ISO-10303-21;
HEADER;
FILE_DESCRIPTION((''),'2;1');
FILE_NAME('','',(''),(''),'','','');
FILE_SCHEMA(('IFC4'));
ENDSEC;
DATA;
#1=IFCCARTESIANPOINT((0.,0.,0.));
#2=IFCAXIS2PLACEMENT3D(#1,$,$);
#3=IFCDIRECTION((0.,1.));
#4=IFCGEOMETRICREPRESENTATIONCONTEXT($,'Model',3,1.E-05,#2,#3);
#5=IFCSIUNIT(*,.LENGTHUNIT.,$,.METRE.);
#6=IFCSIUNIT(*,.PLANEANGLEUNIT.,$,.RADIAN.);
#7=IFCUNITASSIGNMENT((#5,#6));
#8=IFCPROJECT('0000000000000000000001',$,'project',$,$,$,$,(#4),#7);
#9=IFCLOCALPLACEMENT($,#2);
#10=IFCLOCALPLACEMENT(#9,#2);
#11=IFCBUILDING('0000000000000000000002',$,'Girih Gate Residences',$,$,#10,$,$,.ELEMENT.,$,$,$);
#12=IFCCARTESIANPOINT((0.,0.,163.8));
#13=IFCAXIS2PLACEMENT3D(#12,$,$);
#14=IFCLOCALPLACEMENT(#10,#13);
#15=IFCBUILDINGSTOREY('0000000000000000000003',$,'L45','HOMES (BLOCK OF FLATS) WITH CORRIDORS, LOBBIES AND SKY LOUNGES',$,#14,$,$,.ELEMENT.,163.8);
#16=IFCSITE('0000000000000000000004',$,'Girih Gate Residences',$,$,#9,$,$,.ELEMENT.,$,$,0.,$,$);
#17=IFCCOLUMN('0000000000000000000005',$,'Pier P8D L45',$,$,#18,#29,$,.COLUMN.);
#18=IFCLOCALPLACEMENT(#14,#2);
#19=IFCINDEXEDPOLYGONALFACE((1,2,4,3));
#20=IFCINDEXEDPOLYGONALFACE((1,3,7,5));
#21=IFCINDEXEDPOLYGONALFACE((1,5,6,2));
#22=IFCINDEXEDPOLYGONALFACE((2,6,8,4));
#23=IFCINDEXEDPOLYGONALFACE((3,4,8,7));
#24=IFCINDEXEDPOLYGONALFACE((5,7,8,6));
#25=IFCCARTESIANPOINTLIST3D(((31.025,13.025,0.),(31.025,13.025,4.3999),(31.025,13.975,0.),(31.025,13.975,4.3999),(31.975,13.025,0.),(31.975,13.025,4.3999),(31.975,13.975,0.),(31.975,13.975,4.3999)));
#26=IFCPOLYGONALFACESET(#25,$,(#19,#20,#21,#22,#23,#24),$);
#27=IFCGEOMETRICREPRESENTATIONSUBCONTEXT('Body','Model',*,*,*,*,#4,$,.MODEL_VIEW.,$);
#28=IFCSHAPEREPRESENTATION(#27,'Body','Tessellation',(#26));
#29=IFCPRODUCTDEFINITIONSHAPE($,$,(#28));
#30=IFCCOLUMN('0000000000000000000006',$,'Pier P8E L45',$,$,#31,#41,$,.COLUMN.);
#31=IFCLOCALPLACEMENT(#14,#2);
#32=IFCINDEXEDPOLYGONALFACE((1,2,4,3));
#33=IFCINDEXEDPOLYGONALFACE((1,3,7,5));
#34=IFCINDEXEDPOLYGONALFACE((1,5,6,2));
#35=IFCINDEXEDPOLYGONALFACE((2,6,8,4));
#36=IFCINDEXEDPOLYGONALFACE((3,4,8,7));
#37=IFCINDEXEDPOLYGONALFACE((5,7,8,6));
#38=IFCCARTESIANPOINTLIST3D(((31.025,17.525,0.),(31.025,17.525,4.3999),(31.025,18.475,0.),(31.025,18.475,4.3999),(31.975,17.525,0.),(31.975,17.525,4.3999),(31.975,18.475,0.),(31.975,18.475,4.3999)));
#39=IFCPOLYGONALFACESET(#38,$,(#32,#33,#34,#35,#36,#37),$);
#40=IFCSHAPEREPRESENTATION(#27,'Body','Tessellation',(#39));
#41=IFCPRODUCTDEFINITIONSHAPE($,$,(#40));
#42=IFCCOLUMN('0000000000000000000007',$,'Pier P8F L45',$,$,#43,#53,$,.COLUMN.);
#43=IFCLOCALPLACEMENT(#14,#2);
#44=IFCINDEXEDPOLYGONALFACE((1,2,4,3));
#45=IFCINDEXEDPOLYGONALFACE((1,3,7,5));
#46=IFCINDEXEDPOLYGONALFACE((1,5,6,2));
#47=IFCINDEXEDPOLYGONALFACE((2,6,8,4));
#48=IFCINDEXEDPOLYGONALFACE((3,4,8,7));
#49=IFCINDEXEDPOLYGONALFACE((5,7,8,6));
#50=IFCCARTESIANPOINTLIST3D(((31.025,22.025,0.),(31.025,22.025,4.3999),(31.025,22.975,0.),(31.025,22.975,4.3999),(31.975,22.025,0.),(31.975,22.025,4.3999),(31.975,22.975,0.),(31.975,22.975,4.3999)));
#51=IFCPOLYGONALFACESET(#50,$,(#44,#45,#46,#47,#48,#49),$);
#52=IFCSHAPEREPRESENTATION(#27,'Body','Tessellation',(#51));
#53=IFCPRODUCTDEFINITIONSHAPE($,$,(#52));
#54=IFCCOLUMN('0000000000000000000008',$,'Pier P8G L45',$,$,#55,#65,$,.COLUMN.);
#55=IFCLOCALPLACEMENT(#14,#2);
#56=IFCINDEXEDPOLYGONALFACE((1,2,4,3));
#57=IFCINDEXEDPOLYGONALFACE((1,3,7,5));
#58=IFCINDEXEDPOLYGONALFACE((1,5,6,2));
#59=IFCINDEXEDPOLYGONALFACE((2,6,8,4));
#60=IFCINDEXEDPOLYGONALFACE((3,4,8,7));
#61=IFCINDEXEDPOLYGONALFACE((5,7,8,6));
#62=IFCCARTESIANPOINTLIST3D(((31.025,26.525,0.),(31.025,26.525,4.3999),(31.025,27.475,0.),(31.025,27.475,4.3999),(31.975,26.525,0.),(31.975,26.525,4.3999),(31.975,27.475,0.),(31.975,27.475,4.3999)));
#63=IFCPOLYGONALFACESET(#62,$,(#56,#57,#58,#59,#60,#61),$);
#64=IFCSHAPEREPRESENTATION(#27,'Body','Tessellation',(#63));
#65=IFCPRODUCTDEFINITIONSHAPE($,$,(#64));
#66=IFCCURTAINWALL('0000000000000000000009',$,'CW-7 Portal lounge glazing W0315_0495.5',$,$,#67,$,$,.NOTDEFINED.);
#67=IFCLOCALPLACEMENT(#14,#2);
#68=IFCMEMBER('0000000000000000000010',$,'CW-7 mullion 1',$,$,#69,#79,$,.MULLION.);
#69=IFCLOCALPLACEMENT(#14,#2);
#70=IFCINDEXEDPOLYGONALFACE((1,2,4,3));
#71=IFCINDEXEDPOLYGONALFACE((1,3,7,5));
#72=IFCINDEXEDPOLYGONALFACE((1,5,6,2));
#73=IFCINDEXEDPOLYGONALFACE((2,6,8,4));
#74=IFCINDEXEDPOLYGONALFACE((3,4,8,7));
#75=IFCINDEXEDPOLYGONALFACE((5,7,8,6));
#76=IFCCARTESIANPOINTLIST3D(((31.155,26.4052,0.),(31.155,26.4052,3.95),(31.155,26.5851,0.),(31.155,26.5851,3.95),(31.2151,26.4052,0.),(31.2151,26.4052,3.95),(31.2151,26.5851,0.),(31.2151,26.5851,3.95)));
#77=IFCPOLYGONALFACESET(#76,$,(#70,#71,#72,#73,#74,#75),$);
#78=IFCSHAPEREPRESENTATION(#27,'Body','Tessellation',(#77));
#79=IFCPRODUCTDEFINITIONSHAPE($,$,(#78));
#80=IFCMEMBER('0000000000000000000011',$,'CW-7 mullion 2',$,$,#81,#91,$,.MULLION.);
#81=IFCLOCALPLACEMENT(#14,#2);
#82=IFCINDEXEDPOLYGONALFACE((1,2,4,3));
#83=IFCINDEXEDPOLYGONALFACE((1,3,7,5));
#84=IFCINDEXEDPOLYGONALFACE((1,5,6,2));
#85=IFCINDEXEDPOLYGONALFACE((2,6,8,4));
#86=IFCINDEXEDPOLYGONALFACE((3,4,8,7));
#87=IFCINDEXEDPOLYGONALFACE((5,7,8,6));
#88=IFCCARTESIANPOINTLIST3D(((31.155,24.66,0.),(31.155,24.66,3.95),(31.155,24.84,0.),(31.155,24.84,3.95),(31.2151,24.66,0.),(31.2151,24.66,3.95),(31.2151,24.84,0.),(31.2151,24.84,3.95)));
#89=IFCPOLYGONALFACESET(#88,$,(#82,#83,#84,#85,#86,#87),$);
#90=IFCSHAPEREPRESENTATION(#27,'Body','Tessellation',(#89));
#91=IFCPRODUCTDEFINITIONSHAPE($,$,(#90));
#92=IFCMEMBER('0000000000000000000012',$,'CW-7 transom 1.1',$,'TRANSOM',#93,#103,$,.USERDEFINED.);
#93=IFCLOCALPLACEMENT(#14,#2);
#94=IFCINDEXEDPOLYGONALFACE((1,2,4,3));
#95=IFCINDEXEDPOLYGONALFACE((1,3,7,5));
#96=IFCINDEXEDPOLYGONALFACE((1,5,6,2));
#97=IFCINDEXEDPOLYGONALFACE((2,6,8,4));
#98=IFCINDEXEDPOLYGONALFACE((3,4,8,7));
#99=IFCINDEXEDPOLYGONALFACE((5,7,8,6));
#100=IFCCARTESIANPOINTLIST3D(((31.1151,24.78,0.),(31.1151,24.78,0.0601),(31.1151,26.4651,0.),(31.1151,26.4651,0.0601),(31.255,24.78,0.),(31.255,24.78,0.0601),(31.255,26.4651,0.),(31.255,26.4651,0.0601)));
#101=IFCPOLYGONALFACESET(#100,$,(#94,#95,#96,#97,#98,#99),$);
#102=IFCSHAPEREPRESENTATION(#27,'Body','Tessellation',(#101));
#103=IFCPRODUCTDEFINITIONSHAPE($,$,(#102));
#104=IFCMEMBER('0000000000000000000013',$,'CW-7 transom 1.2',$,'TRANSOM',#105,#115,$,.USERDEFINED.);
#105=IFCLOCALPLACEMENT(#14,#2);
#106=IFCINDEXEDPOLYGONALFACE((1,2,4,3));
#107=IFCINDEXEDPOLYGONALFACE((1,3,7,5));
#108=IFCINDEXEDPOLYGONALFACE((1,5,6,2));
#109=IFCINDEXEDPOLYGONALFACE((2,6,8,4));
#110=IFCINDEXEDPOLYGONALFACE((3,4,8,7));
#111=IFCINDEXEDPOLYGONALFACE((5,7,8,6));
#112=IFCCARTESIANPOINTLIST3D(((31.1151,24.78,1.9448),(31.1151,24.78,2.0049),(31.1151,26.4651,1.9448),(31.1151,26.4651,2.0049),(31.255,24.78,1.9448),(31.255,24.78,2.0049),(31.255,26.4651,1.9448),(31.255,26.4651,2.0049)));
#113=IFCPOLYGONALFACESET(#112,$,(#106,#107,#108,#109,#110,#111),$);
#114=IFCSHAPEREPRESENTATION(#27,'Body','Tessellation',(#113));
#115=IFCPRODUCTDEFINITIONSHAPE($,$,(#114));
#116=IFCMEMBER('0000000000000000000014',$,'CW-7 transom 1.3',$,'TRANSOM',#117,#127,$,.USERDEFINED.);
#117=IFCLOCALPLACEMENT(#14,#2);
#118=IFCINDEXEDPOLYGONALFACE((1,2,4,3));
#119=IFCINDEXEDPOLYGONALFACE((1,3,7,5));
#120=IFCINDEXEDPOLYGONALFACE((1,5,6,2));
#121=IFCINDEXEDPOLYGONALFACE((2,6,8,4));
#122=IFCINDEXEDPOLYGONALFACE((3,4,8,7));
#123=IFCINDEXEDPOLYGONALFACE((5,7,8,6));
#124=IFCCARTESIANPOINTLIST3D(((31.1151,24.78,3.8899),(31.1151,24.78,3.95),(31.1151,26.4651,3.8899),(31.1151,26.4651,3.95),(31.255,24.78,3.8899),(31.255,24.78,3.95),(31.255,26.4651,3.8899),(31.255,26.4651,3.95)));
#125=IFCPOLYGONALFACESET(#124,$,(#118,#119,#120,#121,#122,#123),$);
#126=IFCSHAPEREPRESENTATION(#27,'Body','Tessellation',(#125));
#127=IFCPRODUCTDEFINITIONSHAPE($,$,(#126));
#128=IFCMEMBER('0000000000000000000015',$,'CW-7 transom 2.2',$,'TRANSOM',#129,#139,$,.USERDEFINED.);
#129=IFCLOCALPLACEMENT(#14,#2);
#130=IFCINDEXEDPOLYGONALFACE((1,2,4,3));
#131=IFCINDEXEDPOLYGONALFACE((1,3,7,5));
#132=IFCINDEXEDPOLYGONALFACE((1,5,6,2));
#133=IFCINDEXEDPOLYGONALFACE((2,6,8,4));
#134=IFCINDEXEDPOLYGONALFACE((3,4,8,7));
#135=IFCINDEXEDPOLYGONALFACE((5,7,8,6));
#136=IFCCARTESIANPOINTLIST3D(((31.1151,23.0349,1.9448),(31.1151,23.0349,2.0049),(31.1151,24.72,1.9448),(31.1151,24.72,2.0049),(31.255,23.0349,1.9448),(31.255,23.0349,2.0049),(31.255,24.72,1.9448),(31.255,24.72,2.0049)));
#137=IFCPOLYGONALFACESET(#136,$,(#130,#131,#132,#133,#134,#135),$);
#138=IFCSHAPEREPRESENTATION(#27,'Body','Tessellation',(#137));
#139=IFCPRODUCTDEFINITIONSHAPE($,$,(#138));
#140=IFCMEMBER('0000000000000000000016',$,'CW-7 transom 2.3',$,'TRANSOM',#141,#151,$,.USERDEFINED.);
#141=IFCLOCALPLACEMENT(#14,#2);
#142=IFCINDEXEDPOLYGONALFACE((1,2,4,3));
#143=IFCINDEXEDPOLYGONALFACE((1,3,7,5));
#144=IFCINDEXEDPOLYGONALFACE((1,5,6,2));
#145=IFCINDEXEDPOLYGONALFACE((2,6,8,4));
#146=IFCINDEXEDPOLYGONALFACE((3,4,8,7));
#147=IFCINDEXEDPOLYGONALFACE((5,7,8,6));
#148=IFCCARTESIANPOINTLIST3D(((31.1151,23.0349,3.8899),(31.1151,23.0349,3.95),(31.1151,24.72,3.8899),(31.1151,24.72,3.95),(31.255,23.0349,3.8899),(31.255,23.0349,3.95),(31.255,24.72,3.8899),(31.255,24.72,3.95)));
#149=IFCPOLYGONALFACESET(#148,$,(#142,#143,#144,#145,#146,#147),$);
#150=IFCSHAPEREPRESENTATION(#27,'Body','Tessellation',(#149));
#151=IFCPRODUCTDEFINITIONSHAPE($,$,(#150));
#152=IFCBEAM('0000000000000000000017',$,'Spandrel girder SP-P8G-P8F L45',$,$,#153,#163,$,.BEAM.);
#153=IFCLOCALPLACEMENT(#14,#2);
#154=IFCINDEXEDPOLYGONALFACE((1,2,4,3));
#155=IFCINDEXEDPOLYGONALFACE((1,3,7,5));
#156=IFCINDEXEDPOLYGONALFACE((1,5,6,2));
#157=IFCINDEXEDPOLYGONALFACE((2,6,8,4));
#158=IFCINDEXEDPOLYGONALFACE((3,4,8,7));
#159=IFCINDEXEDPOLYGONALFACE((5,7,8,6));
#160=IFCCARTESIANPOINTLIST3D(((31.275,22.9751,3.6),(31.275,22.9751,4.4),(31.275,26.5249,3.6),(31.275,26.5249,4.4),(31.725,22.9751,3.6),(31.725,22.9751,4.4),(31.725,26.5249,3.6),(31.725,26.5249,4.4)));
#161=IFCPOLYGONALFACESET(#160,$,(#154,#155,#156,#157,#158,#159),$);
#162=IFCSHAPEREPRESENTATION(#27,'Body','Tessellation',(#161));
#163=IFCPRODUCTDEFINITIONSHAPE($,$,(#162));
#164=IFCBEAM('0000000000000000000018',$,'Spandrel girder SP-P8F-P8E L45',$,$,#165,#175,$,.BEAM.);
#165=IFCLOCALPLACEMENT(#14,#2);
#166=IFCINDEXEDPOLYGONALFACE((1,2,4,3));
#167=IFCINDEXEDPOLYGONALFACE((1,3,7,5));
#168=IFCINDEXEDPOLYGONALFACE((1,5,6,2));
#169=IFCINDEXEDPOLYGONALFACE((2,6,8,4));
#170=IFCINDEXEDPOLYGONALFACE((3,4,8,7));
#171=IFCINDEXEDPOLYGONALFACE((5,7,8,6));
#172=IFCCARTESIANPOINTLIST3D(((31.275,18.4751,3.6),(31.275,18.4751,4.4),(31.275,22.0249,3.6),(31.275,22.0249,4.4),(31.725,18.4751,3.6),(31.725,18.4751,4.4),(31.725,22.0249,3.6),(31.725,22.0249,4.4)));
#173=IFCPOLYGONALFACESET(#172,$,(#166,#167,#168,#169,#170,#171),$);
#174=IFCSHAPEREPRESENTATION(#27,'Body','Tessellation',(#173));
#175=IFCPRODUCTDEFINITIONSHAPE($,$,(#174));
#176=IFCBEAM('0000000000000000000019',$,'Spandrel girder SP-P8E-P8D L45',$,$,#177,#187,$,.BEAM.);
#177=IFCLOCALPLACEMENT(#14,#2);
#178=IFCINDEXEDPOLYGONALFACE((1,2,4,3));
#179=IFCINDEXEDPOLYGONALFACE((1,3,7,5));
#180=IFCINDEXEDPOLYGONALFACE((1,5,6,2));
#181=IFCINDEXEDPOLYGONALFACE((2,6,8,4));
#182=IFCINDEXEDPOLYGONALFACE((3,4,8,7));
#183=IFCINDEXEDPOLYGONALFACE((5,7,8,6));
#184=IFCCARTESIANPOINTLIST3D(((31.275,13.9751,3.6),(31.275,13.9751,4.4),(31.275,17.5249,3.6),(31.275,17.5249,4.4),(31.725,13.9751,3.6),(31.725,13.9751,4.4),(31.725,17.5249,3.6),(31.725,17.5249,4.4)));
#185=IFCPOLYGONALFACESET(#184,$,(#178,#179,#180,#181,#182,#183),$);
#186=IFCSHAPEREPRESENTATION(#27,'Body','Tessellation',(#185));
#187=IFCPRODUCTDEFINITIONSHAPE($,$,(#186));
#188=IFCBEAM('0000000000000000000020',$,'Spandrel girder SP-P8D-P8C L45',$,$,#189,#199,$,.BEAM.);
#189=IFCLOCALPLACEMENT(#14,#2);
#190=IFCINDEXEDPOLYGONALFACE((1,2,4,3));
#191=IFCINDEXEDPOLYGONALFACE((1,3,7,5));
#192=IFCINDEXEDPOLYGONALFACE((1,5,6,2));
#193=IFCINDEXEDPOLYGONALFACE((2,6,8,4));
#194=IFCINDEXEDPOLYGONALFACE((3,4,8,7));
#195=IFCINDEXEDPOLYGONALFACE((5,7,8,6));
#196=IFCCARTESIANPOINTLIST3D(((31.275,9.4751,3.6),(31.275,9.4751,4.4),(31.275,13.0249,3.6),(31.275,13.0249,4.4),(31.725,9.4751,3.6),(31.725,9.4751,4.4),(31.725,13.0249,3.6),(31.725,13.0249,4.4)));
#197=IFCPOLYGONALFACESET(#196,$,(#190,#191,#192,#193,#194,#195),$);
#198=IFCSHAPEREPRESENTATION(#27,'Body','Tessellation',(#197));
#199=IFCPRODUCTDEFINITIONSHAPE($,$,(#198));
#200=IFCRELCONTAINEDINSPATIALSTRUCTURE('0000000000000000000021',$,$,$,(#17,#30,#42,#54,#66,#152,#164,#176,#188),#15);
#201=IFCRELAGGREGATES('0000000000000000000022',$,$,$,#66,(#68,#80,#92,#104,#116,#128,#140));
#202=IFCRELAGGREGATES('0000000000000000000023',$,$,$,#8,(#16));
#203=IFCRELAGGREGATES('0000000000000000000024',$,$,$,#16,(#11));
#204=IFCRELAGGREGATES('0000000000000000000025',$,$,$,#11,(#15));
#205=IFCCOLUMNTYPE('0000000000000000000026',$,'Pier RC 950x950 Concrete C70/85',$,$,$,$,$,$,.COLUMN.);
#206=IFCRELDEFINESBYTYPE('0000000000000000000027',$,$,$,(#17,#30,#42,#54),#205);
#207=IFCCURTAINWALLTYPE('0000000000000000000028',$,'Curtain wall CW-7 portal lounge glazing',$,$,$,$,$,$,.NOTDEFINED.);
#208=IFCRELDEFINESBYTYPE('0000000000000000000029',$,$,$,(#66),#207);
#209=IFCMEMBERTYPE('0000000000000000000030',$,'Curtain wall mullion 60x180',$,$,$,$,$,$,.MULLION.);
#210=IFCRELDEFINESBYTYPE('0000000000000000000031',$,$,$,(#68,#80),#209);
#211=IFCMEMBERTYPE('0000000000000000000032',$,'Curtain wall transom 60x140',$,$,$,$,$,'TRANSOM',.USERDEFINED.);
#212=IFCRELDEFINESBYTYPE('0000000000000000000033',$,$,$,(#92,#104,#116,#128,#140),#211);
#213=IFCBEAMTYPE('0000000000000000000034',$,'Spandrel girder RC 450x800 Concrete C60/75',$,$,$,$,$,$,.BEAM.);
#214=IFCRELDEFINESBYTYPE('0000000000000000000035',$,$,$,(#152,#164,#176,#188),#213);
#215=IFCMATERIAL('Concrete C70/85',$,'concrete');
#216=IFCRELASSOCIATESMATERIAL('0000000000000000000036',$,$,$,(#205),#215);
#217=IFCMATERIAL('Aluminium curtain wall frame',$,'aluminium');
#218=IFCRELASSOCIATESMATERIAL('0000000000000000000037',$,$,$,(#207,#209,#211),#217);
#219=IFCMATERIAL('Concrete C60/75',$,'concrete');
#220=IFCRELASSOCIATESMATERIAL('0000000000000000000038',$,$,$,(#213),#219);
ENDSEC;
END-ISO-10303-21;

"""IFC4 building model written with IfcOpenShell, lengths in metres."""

from ifc_helpers import new_model, si_unit, direction, frame, origin, origin_2d, place, context, subcontext, project, spatial, rectangle, extrude, material, material_profile, profile_set, type_object, element, aggregate, save


model = new_model("IFC4")

# Units and contexts
model_context = context("Model", 3, precision=1e-05, world=origin(), true_north=direction((0.0, 1.0)))
body_context = subcontext(model_context, "Body", "Model", "MODEL_VIEW")
ifc_project = project(units=[si_unit("LENGTHUNIT", "METRE"), si_unit("PLANEANGLEUNIT", "RADIAN")], contexts=[model_context])

# Site, building, storey
site_placement = place(None, origin())
site = spatial("IfcSite", under=ifc_project, at=site_placement, Name="Girih Gate Residences", CompositionType="ELEMENT", RefElevation=0.0)
building_placement = place(site_placement, origin())
building = spatial("IfcBuilding", under=site, at=building_placement, Name="Girih Gate Residences", CompositionType="ELEMENT")
storey_placement = place(building_placement, frame((0.0, 0.0, 163.8)))
storey = spatial("IfcBuildingStorey", under=building, at=storey_placement, Name="L45", Description="HOMES (BLOCK OF FLATS) WITH CORRIDORS, LOBBIES AND SKY LOUNGES", CompositionType="ELEMENT", Elevation=163.8)

# Columns
ifc_material_1 = material(Name="Concrete C70/85", Category="concrete")
ifc_material_profile_1 = material_profile(ifc_material_1, rectangle(XDim=0.95, YDim=0.95, at=origin_2d()))
ifc_profile_set_1 = profile_set([ifc_material_profile_1], Name="Concrete C70/85")
column_type = type_object("IfcColumnType", Name="Pier RC 950x950 Concrete C70/85", PredefinedType="COLUMN", material=ifc_profile_set_1)
for number, where, z_axis, x_axis, name in (
    (1, (31.5, 13.5, 0.0), (0.0, 0.0, 1.0), (1.0, 0.0, 0.0), "Pier P8D L45"),
    (2, (31.5, 18.0, 0.0), (0.0, 0.0, 1.0), (1.0, 0.0, 0.0), "Pier P8E L45"),
    (3, (31.5, 22.5, 0.0), (0.0, 0.0, 1.0), (1.0, 0.0, 0.0), "Pier P8F L45"),
    (4, (31.5, 27.0, 0.0), (0.0, 0.0, 1.0), (1.0, 0.0, 0.0), "Pier P8G L45"),
):
    element("IfcColumn", number, at=place(storey_placement, frame(where, z_axis=z_axis, x_axis=x_axis)), inside=storey, type_object=column_type, Name=name, PredefinedType="COLUMN", context=body_context, shape_type="SweptSolid", body=[
        extrude(rectangle(XDim=0.95, YDim=0.95, at=origin_2d()), origin(), (0.0, 0.0, 1.0), 4.3999),
    ])

# Curtain wall, members
ifc_material_2 = material(Name="Aluminium curtain wall frame", Category="aluminium")
curtain_wall_type = type_object("IfcCurtainWallType", Name="Curtain wall CW-7 portal lounge glazing", PredefinedType="NOTDEFINED", material=ifc_material_2)
curtain_wall_placement = place(storey_placement, origin())
curtain_wall = element("IfcCurtainWall", 5, at=curtain_wall_placement, inside=storey, type_object=curtain_wall_type, Name="CW-7 Portal lounge glazing W0315_0495.5", PredefinedType="NOTDEFINED")
ifc_material_profile_2 = material_profile(ifc_material_2, rectangle(XDim=0.0601, YDim=0.1799, at=origin_2d()))
ifc_profile_set_2 = profile_set([ifc_material_profile_2], Name="Aluminium curtain wall frame")
member_type_1 = type_object("IfcMemberType", Name="Curtain wall mullion 60x180", PredefinedType="MULLION", material=ifc_profile_set_2)
member_1_placement = place(storey_placement, frame((31.1851, 26.4951, 0.0), z_axis=(0.0, 0.0, 1.0), x_axis=(1.0, 0.0, 0.0)))
member_1 = element("IfcMember", 6, at=member_1_placement, type_object=member_type_1, Name="CW-7 mullion 1", PredefinedType="MULLION", context=body_context, shape_type="SweptSolid", body=[
    extrude(rectangle(XDim=0.0601, YDim=0.1799, at=origin_2d()), origin(), (0.0, 0.0, 1.0), 3.95),
])
member_2_placement = place(storey_placement, frame((31.1851, 24.75, 0.0), z_axis=(0.0, 0.0, 1.0), x_axis=(1.0, 0.0, 0.0)))
member_2 = element("IfcMember", 7, at=member_2_placement, type_object=member_type_1, Name="CW-7 mullion 2", PredefinedType="MULLION", context=body_context, shape_type="SweptSolid", body=[
    extrude(rectangle(XDim=0.0601, YDim=0.1799, at=origin_2d()), origin(), (0.0, 0.0, 1.0), 3.95),
])
ifc_material_profile_3 = material_profile(ifc_material_2, rectangle(XDim=0.1399, YDim=0.0601, at=origin_2d()))
ifc_profile_set_3 = profile_set([ifc_material_profile_3], Name="Aluminium curtain wall frame")
member_type_2 = type_object("IfcMemberType", Name="Curtain wall transom 60x140", ElementType="TRANSOM", PredefinedType="USERDEFINED", material=ifc_profile_set_3)
member_3_placement = place(storey_placement, frame((31.1851, 26.4651, 0.03), z_axis=(0.0, -1.0, 0.0), x_axis=(1.0, 0.0, 0.0)))
member_3 = element("IfcMember", 8, at=member_3_placement, type_object=member_type_2, Name="CW-7 transom 1.1", ObjectType="TRANSOM", PredefinedType="USERDEFINED", context=body_context, shape_type="SweptSolid", body=[
    extrude(rectangle(XDim=0.1399, YDim=0.0601, at=origin_2d()), origin(), (0.0, 0.0, 1.0), 1.6851),
])
member_4_placement = place(storey_placement, frame((31.1851, 26.4651, 1.9749), z_axis=(0.0, -1.0, 0.0), x_axis=(1.0, 0.0, 0.0)))
member_4 = element("IfcMember", 9, at=member_4_placement, type_object=member_type_2, Name="CW-7 transom 1.2", ObjectType="TRANSOM", PredefinedType="USERDEFINED", context=body_context, shape_type="SweptSolid", body=[
    extrude(rectangle(XDim=0.1399, YDim=0.0601, at=origin_2d()), origin(), (0.0, 0.0, 1.0), 1.6851),
])
member_5_placement = place(storey_placement, frame((31.1851, 26.4651, 3.9199), z_axis=(0.0, -1.0, 0.0), x_axis=(1.0, 0.0, 0.0)))
member_5 = element("IfcMember", 10, at=member_5_placement, type_object=member_type_2, Name="CW-7 transom 1.3", ObjectType="TRANSOM", PredefinedType="USERDEFINED", context=body_context, shape_type="SweptSolid", body=[
    extrude(rectangle(XDim=0.1399, YDim=0.0601, at=origin_2d()), origin(), (0.0, 0.0, 1.0), 1.6851),
])
member_6_placement = place(storey_placement, frame((31.1851, 24.72, 1.9749), z_axis=(0.0, -1.0, 0.0), x_axis=(1.0, 0.0, 0.0)))
member_6 = element("IfcMember", 11, at=member_6_placement, type_object=member_type_2, Name="CW-7 transom 2.2", ObjectType="TRANSOM", PredefinedType="USERDEFINED", context=body_context, shape_type="SweptSolid", body=[
    extrude(rectangle(XDim=0.1399, YDim=0.0601, at=origin_2d()), origin(), (0.0, 0.0, 1.0), 1.6851),
])
member_7_placement = place(storey_placement, frame((31.1851, 24.72, 3.9199), z_axis=(0.0, -1.0, 0.0), x_axis=(1.0, 0.0, 0.0)))
member_7 = element("IfcMember", 12, at=member_7_placement, type_object=member_type_2, Name="CW-7 transom 2.3", ObjectType="TRANSOM", PredefinedType="USERDEFINED", context=body_context, shape_type="SweptSolid", body=[
    extrude(rectangle(XDim=0.1399, YDim=0.0601, at=origin_2d()), origin(), (0.0, 0.0, 1.0), 1.6851),
])

# Beams
ifc_material_3 = material(Name="Concrete C60/75", Category="concrete")
ifc_material_profile_4 = material_profile(ifc_material_3, rectangle(XDim=0.45, YDim=0.8, at=origin_2d()))
ifc_profile_set_4 = profile_set([ifc_material_profile_4], Name="Concrete C60/75")
beam_type = type_object("IfcBeamType", Name="Spandrel girder RC 450x800 Concrete C60/75", PredefinedType="BEAM", material=ifc_profile_set_4)
for number, where, z_axis, x_axis, name in (
    (13, (31.5, 26.5249, 4.0), (0.0, -1.0, 0.0), (1.0, 0.0, 0.0), "Spandrel girder SP-P8G-P8F L45"),
    (14, (31.5, 22.0249, 4.0), (0.0, -1.0, 0.0), (1.0, 0.0, 0.0), "Spandrel girder SP-P8F-P8E L45"),
    (15, (31.5, 17.5249, 4.0), (0.0, -1.0, 0.0), (1.0, 0.0, 0.0), "Spandrel girder SP-P8E-P8D L45"),
    (16, (31.5, 13.0249, 4.0), (0.0, -1.0, 0.0), (1.0, 0.0, 0.0), "Spandrel girder SP-P8D-P8C L45"),
):
    element("IfcBeam", number, at=place(storey_placement, frame(where, z_axis=z_axis, x_axis=x_axis)), inside=storey, type_object=beam_type, Name=name, PredefinedType="BEAM", context=body_context, shape_type="SweptSolid", body=[
        extrude(rectangle(XDim=0.45, YDim=0.8, at=origin_2d()), origin(), (0.0, 0.0, 1.0), 3.5498),
    ])

aggregate(curtain_wall, [member_1, member_2, member_3, member_4, member_5, member_6, member_7])

save(model, "model.ifc")
